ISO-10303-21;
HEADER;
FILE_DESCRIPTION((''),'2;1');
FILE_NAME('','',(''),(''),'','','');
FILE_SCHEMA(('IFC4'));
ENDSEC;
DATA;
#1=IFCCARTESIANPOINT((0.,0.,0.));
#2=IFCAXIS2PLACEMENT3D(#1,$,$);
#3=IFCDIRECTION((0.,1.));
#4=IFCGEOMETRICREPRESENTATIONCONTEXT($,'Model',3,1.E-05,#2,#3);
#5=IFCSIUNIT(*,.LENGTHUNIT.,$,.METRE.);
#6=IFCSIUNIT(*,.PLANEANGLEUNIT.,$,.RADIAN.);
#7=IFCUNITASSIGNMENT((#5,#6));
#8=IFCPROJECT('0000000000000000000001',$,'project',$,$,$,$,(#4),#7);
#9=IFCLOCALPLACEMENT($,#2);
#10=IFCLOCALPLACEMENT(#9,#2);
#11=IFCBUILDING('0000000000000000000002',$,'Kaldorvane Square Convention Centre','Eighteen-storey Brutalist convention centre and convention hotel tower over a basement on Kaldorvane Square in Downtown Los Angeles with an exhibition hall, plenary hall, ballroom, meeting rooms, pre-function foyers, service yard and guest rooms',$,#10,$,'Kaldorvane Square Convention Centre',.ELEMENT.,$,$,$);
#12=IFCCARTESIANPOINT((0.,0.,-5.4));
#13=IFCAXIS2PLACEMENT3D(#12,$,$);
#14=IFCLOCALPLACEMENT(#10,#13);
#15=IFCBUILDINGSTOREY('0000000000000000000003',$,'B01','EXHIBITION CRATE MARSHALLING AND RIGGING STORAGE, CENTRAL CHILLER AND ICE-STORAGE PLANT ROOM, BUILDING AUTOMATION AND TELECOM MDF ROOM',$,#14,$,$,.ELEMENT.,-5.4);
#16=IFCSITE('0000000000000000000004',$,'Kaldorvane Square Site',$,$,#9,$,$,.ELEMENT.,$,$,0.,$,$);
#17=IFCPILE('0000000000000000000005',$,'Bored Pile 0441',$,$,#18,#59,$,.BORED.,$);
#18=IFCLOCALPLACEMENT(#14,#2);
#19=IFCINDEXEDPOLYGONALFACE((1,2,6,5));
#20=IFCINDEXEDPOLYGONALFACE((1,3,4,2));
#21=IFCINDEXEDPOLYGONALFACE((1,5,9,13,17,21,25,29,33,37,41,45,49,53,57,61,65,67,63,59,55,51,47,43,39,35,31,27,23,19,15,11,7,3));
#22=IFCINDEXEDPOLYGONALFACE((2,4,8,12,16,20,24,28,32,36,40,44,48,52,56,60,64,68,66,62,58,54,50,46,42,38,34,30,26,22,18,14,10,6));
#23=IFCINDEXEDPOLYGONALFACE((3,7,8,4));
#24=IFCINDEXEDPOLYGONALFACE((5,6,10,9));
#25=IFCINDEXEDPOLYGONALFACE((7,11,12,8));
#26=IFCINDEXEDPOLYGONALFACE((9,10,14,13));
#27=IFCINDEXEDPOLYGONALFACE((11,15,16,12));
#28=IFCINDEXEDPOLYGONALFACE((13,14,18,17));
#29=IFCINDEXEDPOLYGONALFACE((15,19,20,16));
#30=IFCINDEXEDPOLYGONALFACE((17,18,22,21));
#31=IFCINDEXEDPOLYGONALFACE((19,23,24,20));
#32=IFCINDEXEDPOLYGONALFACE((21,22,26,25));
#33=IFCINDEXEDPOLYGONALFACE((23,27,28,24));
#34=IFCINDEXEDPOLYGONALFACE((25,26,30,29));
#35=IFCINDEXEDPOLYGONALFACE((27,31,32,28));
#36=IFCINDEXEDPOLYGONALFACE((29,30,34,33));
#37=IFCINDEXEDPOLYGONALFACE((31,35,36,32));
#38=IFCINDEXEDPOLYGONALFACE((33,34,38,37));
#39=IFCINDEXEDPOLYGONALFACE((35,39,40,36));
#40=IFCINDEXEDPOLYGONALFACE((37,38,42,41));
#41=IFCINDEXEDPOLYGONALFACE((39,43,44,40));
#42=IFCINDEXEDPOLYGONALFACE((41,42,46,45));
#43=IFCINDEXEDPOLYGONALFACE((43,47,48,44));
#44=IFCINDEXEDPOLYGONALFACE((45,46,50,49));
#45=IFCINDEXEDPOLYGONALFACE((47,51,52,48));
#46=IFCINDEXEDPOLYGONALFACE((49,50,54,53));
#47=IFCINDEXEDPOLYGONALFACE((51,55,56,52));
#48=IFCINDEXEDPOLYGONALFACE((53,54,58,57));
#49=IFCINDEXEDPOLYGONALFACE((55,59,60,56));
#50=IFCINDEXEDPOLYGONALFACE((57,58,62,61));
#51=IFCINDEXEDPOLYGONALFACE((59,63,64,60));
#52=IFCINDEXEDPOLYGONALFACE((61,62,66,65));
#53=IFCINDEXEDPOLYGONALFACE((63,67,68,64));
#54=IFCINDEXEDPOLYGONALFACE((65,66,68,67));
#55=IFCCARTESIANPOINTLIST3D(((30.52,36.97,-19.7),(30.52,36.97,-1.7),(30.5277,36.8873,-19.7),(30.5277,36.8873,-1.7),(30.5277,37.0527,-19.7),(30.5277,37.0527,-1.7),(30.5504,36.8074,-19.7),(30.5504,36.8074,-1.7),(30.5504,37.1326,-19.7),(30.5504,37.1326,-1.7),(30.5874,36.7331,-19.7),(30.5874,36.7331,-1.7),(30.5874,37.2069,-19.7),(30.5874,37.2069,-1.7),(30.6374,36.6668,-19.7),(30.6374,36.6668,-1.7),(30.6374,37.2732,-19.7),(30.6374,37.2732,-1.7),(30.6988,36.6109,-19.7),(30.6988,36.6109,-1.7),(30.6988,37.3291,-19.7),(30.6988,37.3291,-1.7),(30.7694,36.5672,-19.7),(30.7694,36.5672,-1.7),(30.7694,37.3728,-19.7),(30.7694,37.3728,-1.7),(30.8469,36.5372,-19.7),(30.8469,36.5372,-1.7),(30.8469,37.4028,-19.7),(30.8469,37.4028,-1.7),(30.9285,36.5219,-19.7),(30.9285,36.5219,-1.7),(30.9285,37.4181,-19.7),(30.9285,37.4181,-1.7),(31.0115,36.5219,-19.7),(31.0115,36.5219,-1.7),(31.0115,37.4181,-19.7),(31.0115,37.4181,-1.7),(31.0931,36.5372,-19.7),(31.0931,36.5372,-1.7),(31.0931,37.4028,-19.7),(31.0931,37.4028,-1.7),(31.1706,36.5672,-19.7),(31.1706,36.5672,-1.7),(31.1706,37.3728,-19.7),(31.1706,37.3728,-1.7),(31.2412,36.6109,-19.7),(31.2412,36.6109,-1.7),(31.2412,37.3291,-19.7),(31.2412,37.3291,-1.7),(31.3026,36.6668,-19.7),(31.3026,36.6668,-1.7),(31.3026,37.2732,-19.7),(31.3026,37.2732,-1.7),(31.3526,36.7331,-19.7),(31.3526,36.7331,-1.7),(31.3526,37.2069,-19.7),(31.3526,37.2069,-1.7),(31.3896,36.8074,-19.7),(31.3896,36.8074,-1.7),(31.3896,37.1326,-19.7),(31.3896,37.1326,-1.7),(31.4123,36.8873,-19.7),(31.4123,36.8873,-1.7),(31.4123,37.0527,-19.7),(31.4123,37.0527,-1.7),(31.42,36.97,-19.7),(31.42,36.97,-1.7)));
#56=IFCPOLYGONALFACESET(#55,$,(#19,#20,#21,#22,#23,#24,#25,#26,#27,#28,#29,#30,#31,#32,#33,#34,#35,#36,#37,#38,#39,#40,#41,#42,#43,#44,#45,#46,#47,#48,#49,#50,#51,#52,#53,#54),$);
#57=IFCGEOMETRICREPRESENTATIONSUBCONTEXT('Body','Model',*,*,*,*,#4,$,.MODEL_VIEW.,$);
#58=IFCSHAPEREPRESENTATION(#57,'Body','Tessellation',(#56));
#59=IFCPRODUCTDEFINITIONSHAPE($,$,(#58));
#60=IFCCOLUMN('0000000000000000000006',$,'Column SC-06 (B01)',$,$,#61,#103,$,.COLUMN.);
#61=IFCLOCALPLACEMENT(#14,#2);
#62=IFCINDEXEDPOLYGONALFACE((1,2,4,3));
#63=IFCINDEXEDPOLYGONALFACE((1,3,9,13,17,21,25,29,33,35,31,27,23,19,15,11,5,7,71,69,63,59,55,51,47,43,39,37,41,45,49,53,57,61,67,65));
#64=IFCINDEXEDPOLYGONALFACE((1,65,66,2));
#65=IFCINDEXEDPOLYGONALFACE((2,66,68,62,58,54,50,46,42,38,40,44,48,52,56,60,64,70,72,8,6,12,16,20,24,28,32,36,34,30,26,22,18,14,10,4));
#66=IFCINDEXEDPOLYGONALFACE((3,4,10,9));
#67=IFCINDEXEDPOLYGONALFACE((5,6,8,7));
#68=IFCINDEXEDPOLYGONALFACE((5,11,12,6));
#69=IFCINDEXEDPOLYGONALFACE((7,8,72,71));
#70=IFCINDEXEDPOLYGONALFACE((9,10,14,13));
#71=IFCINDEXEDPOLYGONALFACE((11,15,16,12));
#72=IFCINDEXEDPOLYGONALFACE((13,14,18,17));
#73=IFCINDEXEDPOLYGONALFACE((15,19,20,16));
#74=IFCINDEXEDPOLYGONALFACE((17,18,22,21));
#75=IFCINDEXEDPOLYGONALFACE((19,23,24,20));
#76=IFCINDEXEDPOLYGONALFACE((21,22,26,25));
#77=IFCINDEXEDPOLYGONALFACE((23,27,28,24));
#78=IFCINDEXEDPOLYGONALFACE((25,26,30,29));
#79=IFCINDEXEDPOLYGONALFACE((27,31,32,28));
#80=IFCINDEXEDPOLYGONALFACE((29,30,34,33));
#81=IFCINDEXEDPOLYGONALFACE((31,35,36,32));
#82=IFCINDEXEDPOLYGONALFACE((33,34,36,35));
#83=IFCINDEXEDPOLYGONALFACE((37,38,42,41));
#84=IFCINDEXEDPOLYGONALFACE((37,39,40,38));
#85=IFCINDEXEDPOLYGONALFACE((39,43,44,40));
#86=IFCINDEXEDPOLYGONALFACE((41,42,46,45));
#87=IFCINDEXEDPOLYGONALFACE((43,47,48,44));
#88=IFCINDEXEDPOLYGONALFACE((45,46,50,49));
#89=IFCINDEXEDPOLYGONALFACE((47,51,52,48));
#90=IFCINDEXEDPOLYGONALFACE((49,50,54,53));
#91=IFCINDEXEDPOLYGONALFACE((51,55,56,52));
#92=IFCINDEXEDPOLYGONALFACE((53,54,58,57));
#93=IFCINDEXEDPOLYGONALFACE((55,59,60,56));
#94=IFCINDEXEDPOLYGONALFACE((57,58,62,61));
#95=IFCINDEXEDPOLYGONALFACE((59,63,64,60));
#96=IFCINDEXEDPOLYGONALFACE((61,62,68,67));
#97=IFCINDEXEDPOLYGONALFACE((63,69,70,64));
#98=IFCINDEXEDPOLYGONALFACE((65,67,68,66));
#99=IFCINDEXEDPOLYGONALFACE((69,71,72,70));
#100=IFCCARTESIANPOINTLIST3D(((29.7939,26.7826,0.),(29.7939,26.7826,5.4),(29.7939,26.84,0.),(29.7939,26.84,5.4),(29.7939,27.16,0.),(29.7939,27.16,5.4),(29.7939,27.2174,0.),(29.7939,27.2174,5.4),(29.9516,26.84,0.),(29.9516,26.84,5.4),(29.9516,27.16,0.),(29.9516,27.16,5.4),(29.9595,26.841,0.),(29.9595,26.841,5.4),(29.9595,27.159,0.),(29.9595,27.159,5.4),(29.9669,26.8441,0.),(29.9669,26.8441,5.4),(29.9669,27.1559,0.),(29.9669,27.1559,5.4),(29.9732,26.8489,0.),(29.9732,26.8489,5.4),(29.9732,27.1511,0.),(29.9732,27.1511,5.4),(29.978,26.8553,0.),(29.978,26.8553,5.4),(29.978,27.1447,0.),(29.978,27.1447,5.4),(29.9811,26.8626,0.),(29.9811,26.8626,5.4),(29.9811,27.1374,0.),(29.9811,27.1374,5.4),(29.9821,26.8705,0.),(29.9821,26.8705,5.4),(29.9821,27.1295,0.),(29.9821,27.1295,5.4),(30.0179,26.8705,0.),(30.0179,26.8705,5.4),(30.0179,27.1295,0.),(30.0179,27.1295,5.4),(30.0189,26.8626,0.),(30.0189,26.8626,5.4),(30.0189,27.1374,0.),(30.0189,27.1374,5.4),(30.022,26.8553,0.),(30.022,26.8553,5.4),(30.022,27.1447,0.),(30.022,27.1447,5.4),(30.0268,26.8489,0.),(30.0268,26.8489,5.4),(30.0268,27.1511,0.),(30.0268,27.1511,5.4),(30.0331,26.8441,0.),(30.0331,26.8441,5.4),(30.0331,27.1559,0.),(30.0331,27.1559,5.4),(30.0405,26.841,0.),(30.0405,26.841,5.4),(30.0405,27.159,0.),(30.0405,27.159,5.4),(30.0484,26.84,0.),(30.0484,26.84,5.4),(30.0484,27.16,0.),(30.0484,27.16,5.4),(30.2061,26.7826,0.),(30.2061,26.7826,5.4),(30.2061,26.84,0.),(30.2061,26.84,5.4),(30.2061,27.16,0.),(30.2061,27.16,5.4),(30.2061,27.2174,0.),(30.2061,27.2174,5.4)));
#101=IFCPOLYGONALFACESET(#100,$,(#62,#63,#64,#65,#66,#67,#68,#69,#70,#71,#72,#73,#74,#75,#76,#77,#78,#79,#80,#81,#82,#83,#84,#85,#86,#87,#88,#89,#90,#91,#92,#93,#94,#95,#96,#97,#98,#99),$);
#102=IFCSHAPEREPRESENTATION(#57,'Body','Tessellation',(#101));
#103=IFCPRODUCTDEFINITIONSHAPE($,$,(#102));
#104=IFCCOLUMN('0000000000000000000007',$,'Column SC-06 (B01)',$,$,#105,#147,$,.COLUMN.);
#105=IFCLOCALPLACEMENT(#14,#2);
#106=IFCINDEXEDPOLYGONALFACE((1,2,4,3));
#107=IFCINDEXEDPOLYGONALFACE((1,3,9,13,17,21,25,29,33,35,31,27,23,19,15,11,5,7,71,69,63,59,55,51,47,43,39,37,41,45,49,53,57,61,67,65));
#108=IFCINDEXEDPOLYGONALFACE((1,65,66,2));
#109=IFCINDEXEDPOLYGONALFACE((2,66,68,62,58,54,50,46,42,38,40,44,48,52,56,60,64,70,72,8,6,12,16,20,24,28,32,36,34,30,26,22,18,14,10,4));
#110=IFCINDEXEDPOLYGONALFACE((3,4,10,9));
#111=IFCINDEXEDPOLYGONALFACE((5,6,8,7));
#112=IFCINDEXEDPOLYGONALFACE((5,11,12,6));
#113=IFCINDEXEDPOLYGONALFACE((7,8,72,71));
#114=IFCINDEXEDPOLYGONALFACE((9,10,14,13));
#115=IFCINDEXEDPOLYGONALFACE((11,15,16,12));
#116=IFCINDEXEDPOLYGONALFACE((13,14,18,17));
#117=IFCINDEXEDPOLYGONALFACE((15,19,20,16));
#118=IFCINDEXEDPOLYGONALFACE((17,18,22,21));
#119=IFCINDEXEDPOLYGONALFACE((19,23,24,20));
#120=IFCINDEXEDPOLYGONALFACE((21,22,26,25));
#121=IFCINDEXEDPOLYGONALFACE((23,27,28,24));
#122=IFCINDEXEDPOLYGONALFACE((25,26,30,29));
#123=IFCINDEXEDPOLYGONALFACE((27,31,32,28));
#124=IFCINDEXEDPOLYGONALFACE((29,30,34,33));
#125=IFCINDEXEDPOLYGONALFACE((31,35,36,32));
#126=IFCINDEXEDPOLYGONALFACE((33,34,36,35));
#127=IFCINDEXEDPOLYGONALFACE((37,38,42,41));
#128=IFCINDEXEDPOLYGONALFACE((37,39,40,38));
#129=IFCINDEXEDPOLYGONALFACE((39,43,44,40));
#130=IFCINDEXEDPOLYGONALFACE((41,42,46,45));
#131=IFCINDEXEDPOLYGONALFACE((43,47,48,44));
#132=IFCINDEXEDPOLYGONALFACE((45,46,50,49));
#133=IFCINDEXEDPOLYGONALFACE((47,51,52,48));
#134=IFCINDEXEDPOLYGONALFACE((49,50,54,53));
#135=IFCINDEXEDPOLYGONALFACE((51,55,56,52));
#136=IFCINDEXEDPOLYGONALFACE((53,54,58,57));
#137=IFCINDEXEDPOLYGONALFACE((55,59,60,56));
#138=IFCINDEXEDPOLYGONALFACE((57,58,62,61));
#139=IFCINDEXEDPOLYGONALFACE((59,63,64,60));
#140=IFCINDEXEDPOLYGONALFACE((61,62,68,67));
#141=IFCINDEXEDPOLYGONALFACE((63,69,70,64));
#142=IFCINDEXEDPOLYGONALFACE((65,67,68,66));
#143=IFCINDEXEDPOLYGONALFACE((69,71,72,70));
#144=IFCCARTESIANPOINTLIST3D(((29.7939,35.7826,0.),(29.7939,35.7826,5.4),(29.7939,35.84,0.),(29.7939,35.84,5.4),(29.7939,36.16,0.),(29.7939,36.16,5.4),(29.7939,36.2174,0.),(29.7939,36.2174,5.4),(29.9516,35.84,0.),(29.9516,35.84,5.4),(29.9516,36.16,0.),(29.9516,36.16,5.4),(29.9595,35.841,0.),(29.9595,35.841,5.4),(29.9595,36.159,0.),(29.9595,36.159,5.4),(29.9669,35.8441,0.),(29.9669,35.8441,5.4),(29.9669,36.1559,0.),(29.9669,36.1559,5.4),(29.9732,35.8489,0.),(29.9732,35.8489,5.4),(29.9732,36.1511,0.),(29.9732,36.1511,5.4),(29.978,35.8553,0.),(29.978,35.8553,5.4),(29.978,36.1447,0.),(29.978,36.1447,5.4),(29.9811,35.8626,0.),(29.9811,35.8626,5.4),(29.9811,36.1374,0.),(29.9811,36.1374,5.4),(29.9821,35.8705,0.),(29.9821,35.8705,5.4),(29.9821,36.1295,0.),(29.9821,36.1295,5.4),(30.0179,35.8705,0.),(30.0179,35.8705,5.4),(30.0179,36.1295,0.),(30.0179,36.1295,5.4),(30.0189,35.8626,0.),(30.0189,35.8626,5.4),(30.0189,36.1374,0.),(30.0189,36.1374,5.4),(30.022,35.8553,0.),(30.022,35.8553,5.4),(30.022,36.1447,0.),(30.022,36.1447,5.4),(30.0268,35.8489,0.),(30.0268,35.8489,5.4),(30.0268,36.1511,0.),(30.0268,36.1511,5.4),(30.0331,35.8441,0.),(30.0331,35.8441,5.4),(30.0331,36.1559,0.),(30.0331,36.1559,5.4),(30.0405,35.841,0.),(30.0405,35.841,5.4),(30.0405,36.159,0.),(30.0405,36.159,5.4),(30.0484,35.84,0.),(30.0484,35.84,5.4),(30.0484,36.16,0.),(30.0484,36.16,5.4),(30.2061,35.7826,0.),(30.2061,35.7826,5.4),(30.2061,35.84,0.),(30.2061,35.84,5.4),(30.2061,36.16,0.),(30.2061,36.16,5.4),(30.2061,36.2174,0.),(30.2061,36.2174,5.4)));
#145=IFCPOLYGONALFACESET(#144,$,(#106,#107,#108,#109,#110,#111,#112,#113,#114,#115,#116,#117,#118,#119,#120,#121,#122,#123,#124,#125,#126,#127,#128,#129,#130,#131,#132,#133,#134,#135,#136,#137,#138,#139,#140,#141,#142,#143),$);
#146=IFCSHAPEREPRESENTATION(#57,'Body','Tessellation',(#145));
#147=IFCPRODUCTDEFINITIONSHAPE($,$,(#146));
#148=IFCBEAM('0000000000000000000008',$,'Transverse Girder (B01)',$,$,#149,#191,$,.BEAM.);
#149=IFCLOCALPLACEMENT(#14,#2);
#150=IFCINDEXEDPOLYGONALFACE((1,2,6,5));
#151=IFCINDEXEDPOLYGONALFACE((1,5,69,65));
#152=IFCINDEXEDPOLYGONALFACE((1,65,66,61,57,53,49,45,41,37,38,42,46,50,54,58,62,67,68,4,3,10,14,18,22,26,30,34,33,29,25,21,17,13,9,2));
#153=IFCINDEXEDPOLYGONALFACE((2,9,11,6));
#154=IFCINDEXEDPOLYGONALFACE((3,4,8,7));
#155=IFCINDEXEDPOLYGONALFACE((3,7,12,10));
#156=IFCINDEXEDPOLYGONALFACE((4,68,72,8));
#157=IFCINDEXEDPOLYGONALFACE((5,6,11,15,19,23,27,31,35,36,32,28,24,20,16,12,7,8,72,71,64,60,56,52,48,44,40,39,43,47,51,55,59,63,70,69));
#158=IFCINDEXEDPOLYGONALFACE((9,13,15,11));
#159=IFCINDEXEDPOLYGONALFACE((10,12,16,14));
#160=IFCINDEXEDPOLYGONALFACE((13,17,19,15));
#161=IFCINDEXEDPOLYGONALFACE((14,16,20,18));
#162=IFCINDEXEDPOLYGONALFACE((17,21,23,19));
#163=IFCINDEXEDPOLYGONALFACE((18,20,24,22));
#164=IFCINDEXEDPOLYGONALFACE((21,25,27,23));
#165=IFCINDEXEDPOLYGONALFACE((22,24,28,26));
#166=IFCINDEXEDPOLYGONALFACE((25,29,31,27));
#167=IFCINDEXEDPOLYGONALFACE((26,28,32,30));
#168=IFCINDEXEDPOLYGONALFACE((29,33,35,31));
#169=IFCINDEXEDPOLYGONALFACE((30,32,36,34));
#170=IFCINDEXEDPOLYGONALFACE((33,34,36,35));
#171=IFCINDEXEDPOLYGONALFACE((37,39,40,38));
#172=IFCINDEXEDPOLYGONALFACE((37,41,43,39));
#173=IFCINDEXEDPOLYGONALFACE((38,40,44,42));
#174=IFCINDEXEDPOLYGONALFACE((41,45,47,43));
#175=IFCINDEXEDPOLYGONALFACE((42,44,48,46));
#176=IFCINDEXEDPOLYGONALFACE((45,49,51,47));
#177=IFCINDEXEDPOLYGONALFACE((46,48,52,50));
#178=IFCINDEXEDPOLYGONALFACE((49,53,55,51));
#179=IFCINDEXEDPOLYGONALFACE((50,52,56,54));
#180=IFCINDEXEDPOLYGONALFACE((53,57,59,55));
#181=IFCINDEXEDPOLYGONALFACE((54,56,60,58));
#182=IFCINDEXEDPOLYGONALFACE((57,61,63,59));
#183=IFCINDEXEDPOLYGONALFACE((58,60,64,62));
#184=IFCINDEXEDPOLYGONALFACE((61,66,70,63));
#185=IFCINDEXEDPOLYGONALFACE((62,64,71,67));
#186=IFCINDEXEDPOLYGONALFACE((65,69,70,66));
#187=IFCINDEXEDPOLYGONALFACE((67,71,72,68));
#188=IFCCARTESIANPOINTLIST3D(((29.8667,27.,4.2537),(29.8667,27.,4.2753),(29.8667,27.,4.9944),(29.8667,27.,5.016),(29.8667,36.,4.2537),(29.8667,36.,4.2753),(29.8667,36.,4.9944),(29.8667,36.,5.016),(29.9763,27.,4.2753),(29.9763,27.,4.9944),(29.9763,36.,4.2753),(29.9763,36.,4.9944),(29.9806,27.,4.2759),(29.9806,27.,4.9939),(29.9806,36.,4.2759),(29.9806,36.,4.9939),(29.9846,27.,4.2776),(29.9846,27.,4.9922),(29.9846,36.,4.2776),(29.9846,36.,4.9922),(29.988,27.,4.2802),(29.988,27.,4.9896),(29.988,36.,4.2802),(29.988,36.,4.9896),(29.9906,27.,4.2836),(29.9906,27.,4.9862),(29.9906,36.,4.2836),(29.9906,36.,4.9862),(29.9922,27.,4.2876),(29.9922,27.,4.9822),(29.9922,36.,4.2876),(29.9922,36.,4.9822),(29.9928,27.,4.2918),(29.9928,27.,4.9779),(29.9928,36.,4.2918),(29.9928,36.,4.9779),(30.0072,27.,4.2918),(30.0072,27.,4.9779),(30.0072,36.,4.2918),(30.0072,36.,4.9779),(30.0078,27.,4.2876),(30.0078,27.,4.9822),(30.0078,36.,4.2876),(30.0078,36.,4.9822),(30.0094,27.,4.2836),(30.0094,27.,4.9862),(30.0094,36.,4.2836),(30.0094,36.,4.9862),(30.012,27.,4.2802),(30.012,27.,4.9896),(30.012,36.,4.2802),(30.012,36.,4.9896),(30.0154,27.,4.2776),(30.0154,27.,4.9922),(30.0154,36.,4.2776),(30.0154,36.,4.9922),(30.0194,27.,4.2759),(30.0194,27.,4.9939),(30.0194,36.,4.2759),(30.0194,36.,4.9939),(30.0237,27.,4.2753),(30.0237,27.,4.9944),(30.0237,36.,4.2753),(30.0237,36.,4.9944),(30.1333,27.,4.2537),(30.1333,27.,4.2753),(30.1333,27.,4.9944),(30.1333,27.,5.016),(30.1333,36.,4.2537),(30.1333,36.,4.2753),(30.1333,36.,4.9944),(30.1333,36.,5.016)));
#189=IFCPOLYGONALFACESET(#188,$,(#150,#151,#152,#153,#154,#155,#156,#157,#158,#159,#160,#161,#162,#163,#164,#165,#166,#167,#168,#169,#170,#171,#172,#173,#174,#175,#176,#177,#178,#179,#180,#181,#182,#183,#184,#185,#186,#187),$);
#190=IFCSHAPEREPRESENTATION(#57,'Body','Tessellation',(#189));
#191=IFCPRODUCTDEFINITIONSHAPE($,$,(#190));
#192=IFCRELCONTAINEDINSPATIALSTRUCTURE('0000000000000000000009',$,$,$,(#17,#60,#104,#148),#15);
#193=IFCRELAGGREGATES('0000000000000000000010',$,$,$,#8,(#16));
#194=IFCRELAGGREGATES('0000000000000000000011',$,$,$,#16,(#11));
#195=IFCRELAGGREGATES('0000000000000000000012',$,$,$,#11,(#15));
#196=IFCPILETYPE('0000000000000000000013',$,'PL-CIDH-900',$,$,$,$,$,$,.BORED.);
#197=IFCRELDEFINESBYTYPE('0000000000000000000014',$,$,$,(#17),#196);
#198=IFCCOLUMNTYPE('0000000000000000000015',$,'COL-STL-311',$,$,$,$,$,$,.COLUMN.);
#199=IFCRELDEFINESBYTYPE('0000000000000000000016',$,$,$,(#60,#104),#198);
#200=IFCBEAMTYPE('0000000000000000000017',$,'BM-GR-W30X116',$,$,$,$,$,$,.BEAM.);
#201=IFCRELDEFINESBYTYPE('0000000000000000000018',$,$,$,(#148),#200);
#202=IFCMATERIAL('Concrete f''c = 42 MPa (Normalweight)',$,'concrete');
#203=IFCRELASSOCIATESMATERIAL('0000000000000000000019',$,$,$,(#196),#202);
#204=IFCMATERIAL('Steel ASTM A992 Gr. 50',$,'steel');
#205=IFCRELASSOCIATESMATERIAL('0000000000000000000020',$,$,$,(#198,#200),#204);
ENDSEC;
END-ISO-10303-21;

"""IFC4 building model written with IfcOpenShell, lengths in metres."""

from ifc_helpers import new_model, si_unit, direction, frame, origin, origin_2d, place, context, subcontext, project, spatial, circle, i_section, extrude, material, material_profile, profile_set, type_object, element, save


model = new_model("IFC4")

# Units and contexts
model_context = context("Model", 3, precision=1e-05, world=origin(), true_north=direction((0.0, 1.0)))
body_context = subcontext(model_context, "Body", "Model", "MODEL_VIEW")
ifc_project = project(units=[si_unit("LENGTHUNIT", "METRE"), si_unit("PLANEANGLEUNIT", "RADIAN")], contexts=[model_context])

# Site, building, storey
site_placement = place(None, origin())
site = spatial("IfcSite", under=ifc_project, at=site_placement, Name="Kaldorvane Square Site", CompositionType="ELEMENT", RefElevation=0.0)
building_placement = place(site_placement, origin())
building = spatial("IfcBuilding", under=site, at=building_placement, Name="Kaldorvane Square Convention Centre", Description="Eighteen-storey Brutalist convention centre and convention hotel tower over a basement on Kaldorvane Square in Downtown Los Angeles with an exhibition hall, plenary hall, ballroom, meeting rooms, pre-function foyers, service yard and guest rooms", LongName="Kaldorvane Square Convention Centre", CompositionType="ELEMENT")
storey_placement = place(building_placement, frame((0.0, 0.0, -5.4)))
storey = spatial("IfcBuildingStorey", under=building, at=storey_placement, Name="B01", Description="EXHIBITION CRATE MARSHALLING AND RIGGING STORAGE, CENTRAL CHILLER AND ICE-STORAGE PLANT ROOM, BUILDING AUTOMATION AND TELECOM MDF ROOM", CompositionType="ELEMENT", Elevation=-5.4)

# Shared definitions
ifc_material_1 = material(Name="Concrete f'c = 42 MPa (Normalweight)", Category="concrete")

# Pile
ifc_material_profile_1 = material_profile(ifc_material_1, circle(Radius=0.45, at=origin_2d()), Name="PILE-D900")
ifc_profile_set_1 = profile_set([ifc_material_profile_1], Name="Concrete f'c = 42 MPa (Normalweight)")
pile_type = type_object("IfcPileType", Name="PL-CIDH-900", PredefinedType="BORED", material=ifc_profile_set_1)
for number, where, z_axis, x_axis, name in (
    (1, (30.97, 36.97, -1.7), (0.0, 0.0, -1.0), (1.0, 0.0, 0.0), "Bored Pile 0441"),
):
    element("IfcPile", number, at=place(storey_placement, frame(where, z_axis=z_axis, x_axis=x_axis)), inside=storey, type_object=pile_type, Name=name, PredefinedType="BORED", context=body_context, shape_type="SweptSolid", body=[
        extrude(circle(Radius=0.45, at=origin_2d()), origin(), (0.0, 0.0, 1.0), 18.0),
    ])

# Columns
ifc_material_2 = material(Name="Steel ASTM A992 Gr. 50", Category="steel")
ifc_material_profile_2 = material_profile(ifc_material_2, i_section(OverallWidth=0.4122, OverallDepth=0.4348, WebThickness=0.0358, FlangeThickness=0.0574, FilletRadius=0.0305, at=origin_2d()), Name="W14X311")
ifc_profile_set_2 = profile_set([ifc_material_profile_2], Name="Steel ASTM A992 Gr. 50")
column_type = type_object("IfcColumnType", Name="COL-STL-311", PredefinedType="COLUMN", material=ifc_profile_set_2)
for number, where, z_axis, x_axis, name in (
    (2, (30.0, 27.0, 0.0), (0.0, 0.0, 1.0), (1.0, 0.0, 0.0), "Column SC-06 (B01)"),
    (3, (30.0, 36.0, 0.0), (0.0, 0.0, 1.0), (1.0, 0.0, 0.0), "Column SC-06 (B01)"),
):
    element("IfcColumn", number, at=place(storey_placement, frame(where, z_axis=z_axis, x_axis=x_axis)), inside=storey, type_object=column_type, Name=name, PredefinedType="COLUMN", context=body_context, shape_type="SweptSolid", body=[
        extrude(i_section(OverallWidth=0.4122, OverallDepth=0.4348, WebThickness=0.0358, FlangeThickness=0.0574, FilletRadius=0.0305, at=origin_2d()), origin(), (0.0, 0.0, 1.0), 5.4),
    ])

# Beam
ifc_material_profile_3 = material_profile(ifc_material_2, i_section(OverallWidth=0.2666, OverallDepth=0.7623, WebThickness=0.0144, FlangeThickness=0.0216, FilletRadius=0.0165, at=origin_2d()), Name="W30X116")
ifc_profile_set_3 = profile_set([ifc_material_profile_3], Name="Steel ASTM A992 Gr. 50")
beam_type_1 = type_object("IfcBeamType", Name="BM-GR-W30X116", PredefinedType="BEAM", material=ifc_profile_set_3)
for number, where, z_axis, x_axis, name in (
    (4, (30.0, 27.0, 4.6349), (0.0, 1.0, 0.0), (-1.0, 0.0, 0.0), "Transverse Girder (B01)"),
):
    element("IfcBeam", number, at=place(storey_placement, frame(where, z_axis=z_axis, x_axis=x_axis)), inside=storey, type_object=beam_type_1, Name=name, PredefinedType="BEAM", context=body_context, shape_type="SweptSolid", body=[
        extrude(i_section(OverallWidth=0.2666, OverallDepth=0.7623, WebThickness=0.0144, FlangeThickness=0.0216, FilletRadius=0.0165, at=origin_2d()), origin(), (0.0, 0.0, 1.0), 9.0),
    ])

save(model, "model.ifc")
